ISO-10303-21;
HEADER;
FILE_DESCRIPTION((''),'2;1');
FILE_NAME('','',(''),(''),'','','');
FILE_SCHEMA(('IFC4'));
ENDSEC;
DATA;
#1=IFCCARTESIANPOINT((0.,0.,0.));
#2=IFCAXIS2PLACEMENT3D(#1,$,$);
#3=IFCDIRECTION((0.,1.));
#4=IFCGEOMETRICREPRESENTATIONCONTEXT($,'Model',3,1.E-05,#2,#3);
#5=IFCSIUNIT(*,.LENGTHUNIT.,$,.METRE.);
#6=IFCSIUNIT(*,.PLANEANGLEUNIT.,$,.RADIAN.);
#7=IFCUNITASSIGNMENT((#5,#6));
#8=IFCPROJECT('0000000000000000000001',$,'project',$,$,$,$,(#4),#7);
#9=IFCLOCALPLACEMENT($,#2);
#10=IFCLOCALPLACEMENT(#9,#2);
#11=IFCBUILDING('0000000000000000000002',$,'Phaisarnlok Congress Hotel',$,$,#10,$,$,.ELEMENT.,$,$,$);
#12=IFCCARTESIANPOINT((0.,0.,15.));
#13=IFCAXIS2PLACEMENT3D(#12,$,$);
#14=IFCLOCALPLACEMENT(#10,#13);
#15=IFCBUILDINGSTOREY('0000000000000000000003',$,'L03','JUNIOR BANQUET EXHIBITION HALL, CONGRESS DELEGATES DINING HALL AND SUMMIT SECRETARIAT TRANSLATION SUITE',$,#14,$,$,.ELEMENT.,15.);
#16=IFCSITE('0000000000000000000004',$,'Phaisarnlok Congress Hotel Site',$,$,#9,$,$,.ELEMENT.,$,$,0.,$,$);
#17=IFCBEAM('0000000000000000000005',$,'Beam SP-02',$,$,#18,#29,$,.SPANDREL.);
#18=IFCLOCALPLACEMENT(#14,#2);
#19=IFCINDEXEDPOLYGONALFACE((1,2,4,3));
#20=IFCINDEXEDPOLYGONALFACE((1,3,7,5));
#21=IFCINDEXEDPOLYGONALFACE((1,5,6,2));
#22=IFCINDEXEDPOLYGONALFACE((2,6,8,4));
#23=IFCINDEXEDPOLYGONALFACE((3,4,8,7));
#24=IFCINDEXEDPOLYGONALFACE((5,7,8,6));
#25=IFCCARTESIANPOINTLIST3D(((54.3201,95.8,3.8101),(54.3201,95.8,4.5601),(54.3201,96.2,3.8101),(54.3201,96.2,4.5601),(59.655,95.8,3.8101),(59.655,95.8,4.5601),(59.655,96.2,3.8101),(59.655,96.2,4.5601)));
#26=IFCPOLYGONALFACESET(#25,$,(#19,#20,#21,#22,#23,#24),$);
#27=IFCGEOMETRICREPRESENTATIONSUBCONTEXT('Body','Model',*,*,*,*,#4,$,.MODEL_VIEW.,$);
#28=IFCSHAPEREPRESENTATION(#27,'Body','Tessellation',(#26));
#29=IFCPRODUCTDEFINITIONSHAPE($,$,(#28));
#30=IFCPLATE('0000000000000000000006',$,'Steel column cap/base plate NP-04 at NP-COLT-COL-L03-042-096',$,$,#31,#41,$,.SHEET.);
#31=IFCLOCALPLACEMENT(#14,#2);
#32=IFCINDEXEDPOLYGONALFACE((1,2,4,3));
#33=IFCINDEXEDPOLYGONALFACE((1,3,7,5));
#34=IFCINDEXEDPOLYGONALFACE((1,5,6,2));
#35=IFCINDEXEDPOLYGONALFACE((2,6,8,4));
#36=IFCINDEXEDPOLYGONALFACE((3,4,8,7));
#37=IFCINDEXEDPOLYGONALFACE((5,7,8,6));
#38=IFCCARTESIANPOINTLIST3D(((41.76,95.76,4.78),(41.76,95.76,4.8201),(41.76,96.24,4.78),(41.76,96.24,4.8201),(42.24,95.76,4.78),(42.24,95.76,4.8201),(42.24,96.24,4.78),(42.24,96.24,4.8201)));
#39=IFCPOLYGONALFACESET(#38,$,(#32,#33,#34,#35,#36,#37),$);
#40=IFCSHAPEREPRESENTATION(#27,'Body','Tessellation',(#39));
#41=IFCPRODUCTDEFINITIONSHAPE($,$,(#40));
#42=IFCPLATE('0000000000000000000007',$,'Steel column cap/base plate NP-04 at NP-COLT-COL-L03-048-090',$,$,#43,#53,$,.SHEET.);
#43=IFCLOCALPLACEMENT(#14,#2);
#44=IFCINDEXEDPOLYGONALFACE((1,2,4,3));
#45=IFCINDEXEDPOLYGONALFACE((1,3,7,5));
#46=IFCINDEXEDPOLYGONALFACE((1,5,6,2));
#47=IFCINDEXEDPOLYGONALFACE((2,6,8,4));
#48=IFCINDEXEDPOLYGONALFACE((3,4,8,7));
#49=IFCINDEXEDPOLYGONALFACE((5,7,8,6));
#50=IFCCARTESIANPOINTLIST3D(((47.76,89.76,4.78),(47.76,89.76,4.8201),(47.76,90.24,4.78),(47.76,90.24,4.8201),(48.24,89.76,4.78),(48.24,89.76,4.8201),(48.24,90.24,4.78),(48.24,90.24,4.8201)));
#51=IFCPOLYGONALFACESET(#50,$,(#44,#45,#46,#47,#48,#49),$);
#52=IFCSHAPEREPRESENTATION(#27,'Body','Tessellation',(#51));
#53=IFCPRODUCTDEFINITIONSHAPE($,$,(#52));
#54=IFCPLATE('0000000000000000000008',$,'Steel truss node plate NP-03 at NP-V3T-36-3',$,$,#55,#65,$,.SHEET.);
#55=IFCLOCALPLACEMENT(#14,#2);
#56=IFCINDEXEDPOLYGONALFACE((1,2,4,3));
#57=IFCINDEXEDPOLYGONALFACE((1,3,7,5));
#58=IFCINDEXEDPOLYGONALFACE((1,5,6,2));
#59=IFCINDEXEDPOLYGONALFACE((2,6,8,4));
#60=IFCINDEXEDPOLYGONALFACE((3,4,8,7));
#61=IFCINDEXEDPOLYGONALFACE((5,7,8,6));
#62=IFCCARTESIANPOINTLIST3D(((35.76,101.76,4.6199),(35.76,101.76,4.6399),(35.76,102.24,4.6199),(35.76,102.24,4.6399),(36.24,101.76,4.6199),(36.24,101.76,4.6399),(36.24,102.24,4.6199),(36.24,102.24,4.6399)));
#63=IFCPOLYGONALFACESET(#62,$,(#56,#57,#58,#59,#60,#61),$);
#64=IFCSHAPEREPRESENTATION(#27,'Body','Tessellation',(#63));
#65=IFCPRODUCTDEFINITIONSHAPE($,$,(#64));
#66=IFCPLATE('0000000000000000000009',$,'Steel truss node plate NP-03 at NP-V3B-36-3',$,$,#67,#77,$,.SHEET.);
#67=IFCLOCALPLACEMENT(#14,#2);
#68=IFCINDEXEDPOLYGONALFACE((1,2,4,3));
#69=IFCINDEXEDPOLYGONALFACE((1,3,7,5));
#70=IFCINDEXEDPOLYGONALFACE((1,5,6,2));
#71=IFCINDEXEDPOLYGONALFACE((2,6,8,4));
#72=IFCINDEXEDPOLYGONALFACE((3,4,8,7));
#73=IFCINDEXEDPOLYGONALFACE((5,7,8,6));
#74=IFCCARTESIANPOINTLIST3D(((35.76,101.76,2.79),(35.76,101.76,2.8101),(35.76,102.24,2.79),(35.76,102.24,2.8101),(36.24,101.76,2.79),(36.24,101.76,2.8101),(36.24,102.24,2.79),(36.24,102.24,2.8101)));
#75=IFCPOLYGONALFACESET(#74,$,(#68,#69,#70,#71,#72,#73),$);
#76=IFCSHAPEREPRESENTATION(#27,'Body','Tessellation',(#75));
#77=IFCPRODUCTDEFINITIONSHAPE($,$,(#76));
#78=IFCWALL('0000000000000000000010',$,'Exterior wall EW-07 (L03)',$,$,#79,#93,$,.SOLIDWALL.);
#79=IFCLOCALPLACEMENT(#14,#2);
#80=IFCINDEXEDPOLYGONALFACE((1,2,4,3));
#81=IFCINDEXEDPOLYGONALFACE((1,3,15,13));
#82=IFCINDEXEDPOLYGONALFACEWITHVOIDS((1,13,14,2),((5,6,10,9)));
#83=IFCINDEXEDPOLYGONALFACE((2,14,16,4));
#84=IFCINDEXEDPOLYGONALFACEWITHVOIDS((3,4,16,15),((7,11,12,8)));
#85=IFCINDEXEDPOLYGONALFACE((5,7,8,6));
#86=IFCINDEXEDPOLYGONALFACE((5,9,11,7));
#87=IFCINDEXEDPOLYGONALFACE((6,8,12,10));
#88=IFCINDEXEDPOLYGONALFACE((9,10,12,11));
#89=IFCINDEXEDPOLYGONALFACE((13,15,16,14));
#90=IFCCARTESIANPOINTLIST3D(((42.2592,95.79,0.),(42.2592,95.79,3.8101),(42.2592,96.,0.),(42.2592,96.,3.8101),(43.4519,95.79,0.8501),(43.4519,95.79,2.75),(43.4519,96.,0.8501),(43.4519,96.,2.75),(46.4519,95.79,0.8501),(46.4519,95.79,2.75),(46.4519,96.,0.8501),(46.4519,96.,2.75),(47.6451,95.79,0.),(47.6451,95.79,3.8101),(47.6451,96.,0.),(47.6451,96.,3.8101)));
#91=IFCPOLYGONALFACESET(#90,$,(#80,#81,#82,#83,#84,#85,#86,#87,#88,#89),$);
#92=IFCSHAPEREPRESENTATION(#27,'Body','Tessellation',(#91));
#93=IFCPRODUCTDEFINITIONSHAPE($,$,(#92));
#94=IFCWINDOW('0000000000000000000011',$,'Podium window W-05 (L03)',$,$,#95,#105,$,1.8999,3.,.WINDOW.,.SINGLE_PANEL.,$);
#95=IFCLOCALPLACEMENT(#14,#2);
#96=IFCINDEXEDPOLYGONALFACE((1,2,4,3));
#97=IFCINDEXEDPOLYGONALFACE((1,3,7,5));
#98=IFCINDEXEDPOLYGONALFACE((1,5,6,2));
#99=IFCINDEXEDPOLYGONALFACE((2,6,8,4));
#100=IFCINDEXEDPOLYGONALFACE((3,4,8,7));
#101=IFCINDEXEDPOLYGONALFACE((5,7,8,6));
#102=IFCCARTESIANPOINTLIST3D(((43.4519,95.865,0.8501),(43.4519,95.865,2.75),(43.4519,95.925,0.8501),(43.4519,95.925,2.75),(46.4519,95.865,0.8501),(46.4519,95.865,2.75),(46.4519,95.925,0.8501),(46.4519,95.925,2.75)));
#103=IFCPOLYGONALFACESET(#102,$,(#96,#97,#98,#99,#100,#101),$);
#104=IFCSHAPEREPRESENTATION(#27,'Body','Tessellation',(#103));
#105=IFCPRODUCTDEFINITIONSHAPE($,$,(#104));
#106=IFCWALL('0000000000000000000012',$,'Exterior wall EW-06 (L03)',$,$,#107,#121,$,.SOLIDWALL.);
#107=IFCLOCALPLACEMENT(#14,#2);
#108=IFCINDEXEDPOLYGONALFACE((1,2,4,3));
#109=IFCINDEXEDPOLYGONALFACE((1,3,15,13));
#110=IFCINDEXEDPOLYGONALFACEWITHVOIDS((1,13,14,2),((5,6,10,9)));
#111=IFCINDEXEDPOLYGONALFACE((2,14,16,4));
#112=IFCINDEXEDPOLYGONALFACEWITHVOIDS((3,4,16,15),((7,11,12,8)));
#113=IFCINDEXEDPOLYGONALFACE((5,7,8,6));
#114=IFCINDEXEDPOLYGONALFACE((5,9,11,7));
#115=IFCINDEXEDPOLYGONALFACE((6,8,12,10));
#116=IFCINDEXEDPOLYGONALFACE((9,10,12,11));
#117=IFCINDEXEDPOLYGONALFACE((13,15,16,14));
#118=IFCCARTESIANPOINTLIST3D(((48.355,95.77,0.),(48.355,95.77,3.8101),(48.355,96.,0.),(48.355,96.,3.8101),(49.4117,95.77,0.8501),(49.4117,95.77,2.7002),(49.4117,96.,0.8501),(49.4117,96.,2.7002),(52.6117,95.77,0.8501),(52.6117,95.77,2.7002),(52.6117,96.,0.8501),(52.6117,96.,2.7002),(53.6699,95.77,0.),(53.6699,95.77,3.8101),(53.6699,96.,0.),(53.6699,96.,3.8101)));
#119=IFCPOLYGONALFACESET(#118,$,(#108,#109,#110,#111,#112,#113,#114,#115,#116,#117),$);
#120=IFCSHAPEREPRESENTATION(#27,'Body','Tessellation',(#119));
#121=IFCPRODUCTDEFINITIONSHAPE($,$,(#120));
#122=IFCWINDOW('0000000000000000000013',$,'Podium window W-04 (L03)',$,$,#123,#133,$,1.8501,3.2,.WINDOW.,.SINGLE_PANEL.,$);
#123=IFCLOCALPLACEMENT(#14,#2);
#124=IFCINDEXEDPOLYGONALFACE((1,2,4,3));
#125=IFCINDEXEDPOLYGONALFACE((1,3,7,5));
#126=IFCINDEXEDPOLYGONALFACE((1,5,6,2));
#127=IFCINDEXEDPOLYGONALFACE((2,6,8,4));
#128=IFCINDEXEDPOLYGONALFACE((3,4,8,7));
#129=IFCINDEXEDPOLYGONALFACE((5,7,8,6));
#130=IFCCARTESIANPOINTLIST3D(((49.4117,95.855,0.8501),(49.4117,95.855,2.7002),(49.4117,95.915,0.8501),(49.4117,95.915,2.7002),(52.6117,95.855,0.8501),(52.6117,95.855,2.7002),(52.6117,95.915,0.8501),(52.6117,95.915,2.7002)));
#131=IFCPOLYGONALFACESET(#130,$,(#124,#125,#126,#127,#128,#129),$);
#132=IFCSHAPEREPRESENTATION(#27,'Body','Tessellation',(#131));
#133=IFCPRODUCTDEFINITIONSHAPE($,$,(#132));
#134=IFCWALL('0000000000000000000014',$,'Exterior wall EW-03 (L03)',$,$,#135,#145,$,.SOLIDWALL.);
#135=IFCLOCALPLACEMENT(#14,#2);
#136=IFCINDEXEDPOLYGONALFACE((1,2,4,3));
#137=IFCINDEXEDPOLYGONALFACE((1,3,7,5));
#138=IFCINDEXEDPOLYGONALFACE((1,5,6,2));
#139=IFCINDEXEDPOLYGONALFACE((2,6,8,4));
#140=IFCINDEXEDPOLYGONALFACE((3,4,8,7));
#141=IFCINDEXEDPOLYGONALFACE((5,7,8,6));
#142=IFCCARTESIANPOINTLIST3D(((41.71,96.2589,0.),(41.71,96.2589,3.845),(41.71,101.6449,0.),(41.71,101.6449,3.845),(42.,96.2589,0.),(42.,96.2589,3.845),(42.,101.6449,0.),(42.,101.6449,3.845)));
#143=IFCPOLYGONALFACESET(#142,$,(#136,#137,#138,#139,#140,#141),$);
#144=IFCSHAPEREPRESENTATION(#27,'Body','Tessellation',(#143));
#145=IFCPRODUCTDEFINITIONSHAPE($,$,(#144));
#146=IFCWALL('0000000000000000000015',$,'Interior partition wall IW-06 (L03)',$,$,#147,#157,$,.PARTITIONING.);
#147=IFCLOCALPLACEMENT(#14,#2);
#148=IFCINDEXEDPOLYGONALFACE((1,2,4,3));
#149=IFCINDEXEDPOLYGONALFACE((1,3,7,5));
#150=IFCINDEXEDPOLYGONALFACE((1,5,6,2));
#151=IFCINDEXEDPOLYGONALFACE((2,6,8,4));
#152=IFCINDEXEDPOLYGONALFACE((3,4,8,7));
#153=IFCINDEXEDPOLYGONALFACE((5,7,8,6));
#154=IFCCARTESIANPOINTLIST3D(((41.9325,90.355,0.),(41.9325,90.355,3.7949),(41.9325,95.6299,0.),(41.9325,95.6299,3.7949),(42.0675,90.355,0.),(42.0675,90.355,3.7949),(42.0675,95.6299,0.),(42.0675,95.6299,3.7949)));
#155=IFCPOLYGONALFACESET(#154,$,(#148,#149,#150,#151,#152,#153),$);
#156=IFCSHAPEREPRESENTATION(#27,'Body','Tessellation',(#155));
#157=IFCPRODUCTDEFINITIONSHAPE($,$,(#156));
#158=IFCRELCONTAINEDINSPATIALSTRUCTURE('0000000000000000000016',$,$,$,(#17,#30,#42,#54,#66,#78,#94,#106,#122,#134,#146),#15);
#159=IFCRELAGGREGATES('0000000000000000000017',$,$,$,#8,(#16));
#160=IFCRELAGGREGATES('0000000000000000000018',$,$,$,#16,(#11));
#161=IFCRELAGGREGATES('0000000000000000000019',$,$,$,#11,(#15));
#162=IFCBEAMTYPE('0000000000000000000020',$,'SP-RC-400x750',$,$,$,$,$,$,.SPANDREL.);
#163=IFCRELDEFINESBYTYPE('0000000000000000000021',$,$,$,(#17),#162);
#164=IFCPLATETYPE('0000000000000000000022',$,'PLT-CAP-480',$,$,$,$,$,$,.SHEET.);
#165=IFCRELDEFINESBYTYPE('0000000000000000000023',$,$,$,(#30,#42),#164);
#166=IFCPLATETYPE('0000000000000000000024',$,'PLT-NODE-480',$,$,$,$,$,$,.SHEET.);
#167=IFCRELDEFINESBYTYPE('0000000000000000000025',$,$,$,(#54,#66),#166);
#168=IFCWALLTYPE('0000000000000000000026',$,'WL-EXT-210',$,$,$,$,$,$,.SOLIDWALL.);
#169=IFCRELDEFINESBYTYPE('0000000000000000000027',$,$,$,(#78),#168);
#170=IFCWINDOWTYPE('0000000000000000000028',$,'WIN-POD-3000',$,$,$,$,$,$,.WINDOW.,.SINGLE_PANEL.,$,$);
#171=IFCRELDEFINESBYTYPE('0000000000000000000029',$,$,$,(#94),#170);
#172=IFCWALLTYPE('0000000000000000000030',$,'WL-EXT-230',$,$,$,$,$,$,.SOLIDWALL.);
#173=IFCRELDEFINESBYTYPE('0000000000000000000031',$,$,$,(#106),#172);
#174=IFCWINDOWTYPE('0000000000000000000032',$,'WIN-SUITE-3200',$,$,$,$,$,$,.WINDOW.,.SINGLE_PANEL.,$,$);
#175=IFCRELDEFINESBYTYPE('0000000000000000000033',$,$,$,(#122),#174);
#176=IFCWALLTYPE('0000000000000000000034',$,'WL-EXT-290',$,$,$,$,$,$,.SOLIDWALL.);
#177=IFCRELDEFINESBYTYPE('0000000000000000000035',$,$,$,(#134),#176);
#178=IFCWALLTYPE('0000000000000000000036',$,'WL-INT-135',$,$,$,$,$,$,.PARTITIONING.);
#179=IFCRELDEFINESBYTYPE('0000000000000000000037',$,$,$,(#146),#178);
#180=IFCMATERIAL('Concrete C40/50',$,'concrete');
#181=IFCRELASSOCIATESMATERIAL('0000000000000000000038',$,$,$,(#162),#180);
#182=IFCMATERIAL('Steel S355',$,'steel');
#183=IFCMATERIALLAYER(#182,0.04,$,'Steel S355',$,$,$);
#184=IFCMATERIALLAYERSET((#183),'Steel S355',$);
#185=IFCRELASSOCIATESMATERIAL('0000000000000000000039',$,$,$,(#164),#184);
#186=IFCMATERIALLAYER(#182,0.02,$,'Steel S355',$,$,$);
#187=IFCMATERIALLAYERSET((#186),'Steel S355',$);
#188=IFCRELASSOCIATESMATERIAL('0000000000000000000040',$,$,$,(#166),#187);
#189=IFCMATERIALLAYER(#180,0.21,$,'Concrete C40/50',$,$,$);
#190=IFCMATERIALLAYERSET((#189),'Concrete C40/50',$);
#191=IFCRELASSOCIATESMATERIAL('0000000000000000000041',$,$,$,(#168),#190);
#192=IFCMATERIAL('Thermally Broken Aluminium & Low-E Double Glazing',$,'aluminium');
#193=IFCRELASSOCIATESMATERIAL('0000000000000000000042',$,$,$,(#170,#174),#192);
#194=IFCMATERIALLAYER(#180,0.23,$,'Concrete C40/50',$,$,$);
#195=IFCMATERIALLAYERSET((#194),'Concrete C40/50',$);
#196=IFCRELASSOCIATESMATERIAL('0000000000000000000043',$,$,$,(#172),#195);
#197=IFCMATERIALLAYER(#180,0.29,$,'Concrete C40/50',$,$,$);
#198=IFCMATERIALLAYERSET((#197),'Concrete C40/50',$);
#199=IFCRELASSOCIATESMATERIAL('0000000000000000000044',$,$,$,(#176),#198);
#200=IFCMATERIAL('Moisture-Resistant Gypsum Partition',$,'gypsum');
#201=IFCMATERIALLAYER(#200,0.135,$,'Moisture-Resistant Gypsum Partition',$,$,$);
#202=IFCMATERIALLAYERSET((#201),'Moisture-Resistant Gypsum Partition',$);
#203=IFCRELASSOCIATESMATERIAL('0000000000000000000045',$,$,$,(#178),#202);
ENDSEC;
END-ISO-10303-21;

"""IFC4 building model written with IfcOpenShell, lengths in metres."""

from ifc_helpers import new_model, si_unit, direction, frame, frame_2d, origin, origin_2d, place, context, subcontext, project, spatial, rectangle, extrude, material, layer, layer_set, material_profile, profile_set, type_object, element, fill, save


model = new_model("IFC4")

# Units and contexts
model_context = context("Model", 3, precision=1e-05, world=origin(), true_north=direction((0.0, 1.0)))
body_context = subcontext(model_context, "Body", "Model", "MODEL_VIEW")
ifc_project = project(units=[si_unit("LENGTHUNIT", "METRE"), si_unit("PLANEANGLEUNIT", "RADIAN")], contexts=[model_context])

# Site, building, storey
site_placement = place(None, origin())
site = spatial("IfcSite", under=ifc_project, at=site_placement, Name="Phaisarnlok Congress Hotel Site", CompositionType="ELEMENT", RefElevation=0.0)
building_placement = place(site_placement, origin())
building = spatial("IfcBuilding", under=site, at=building_placement, Name="Phaisarnlok Congress Hotel", CompositionType="ELEMENT")
storey_placement = place(building_placement, frame((0.0, 0.0, 15.0)))
storey = spatial("IfcBuildingStorey", under=building, at=storey_placement, Name="L03", Description="JUNIOR BANQUET EXHIBITION HALL, CONGRESS DELEGATES DINING HALL AND SUMMIT SECRETARIAT TRANSLATION SUITE", CompositionType="ELEMENT", Elevation=15.0)

# Shared definitions
ifc_material_1 = material(Name="Steel S355", Category="steel")

# Shared definitions
ifc_material_2 = material(Name="Concrete C40/50", Category="concrete")

# Beam
ifc_material_profile_1 = material_profile(ifc_material_2, rectangle(XDim=0.3999, YDim=0.75, at=origin_2d()), Name="RC 400x750")
ifc_profile_set_1 = profile_set([ifc_material_profile_1], Name="Concrete C40/50")
beam_type_1 = type_object("IfcBeamType", Name="SP-RC-400x750", PredefinedType="SPANDREL", material=ifc_profile_set_1)
for number, where, z_axis, x_axis, name in (
    (1, (54.3201, 96.0, 4.1851), (1.0, 0.0, 0.0), (0.0, 1.0, 0.0), "Beam SP-02"),
):
    element("IfcBeam", number, at=place(storey_placement, frame(where, z_axis=z_axis, x_axis=x_axis)), inside=storey, type_object=beam_type_1, Name=name, PredefinedType="SPANDREL", context=body_context, shape_type="SweptSolid", body=[
        extrude(rectangle(XDim=0.3999, YDim=0.75, at=origin_2d()), origin(), (0.0, 0.0, 1.0), 5.335),
    ])

# Plates
ifc_layer_1 = layer(ifc_material_1, 0.04, Name="Steel S355")
ifc_layer_set_1 = layer_set([ifc_layer_1], Name="Steel S355")
plate_type_1 = type_object("IfcPlateType", Name="PLT-CAP-480", PredefinedType="SHEET", material=ifc_layer_set_1)
for number, where, z_axis, x_axis, name in (
    (2, (42.0, 96.0, 4.78), (0.0, 0.0, 1.0), (1.0, 0.0, 0.0), "Steel column cap/base plate NP-04 at NP-COLT-COL-L03-042-096"),
    (3, (48.0, 90.0, 4.78), (0.0, 0.0, 1.0), (1.0, 0.0, 0.0), "Steel column cap/base plate NP-04 at NP-COLT-COL-L03-048-090"),
):
    element("IfcPlate", number, at=place(storey_placement, frame(where, z_axis=z_axis, x_axis=x_axis)), inside=storey, type_object=plate_type_1, Name=name, PredefinedType="SHEET", context=body_context, shape_type="SweptSolid", body=[
        extrude(rectangle(XDim=0.48, YDim=0.48, at=origin_2d()), origin(), (0.0, 0.0, 1.0), 0.04),
    ])
ifc_layer_2 = layer(ifc_material_1, 0.02, Name="Steel S355")
ifc_layer_set_2 = layer_set([ifc_layer_2], Name="Steel S355")
plate_type_2 = type_object("IfcPlateType", Name="PLT-NODE-480", PredefinedType="SHEET", material=ifc_layer_set_2)
for number, where, z_axis, x_axis, name in (
    (4, (36.0, 102.0, 4.6199), (0.0, 0.0, 1.0), (1.0, 0.0, 0.0), "Steel truss node plate NP-03 at NP-V3T-36-3"),
    (5, (36.0, 102.0, 2.79), (0.0, 0.0, 1.0), (1.0, 0.0, 0.0), "Steel truss node plate NP-03 at NP-V3B-36-3"),
):
    element("IfcPlate", number, at=place(storey_placement, frame(where, z_axis=z_axis, x_axis=x_axis)), inside=storey, type_object=plate_type_2, Name=name, PredefinedType="SHEET", context=body_context, shape_type="SweptSolid", body=[
        extrude(rectangle(XDim=0.48, YDim=0.48, at=origin_2d()), origin(), (0.0, 0.0, 1.0), 0.02),
    ])

# Walls, openings, windows
ifc_layer_3 = layer(ifc_material_2, 0.21, Name="Concrete C40/50")
ifc_layer_set_3 = layer_set([ifc_layer_3], Name="Concrete C40/50")
wall_type_1 = type_object("IfcWallType", Name="WL-EXT-210", PredefinedType="SOLIDWALL", material=ifc_layer_set_3)
wall_1_placement = place(storey_placement, frame((47.645, 95.895, 0.0), z_axis=(0.0, 0.0, 1.0), x_axis=(-1.0, 0.0, 0.0)))
wall_1 = element("IfcWall", 6, at=wall_1_placement, inside=storey, type_object=wall_type_1, Name="Exterior wall EW-07 (L03)", PredefinedType="SOLIDWALL", context=body_context, shape_type="SweptSolid", body=[
    extrude(rectangle(XDim=5.386, YDim=0.21, at=frame_2d((2.6929, 0.0))), origin(), (0.0, 0.0, 1.0), 3.8101),
])
opening_1_placement = place(wall_1_placement, frame((1.1931, 0.0, 0.8501)))
opening_1 = element("IfcOpeningElement", 7, at=opening_1_placement, cuts=wall_1, PredefinedType="OPENING", context=body_context, shape_type="SweptSolid", body=[
    extrude(rectangle(XDim=3.0, YDim=1.8999, at=frame_2d((1.5, 0.95))), frame((0.0, 0.115, 0.0), z_axis=(0.0, -1.0, 0.0), x_axis=(1.0, 0.0, 0.0)), (0.0, 0.0, 1.0), 0.23),
])
ifc_material_3 = material(Name="Thermally Broken Aluminium & Low-E Double Glazing", Category="aluminium")
window_type_1 = type_object("IfcWindowType", Name="WIN-POD-3000", PartitioningType="SINGLE_PANEL", PredefinedType="WINDOW", material=ifc_material_3)
window_1_placement = place(opening_1_placement, origin())
window_1 = element("IfcWindow", 8, at=window_1_placement, inside=storey, type_object=window_type_1, Name="Podium window W-05 (L03)", OverallHeight=1.8999, OverallWidth=3.0, PartitioningType="SINGLE_PANEL", PredefinedType="WINDOW", context=body_context, shape_type="SweptSolid", body=[
    extrude(rectangle(XDim=3.0, YDim=1.8999, at=frame_2d((1.5, 0.95))), frame((0.0, 0.03, 0.0), z_axis=(0.0, -1.0, 0.0), x_axis=(1.0, 0.0, 0.0)), (0.0, 0.0, 1.0), 0.0601),
])
fill(opening_1, window_1)
ifc_layer_4 = layer(ifc_material_2, 0.23, Name="Concrete C40/50")
ifc_layer_set_4 = layer_set([ifc_layer_4], Name="Concrete C40/50")
wall_type_2 = type_object("IfcWallType", Name="WL-EXT-230", PredefinedType="SOLIDWALL", material=ifc_layer_set_4)
wall_2_placement = place(storey_placement, frame((53.6699, 95.885, 0.0), z_axis=(0.0, 0.0, 1.0), x_axis=(-1.0, 0.0, 0.0)))
wall_2 = element("IfcWall", 9, at=wall_2_placement, inside=storey, type_object=wall_type_2, Name="Exterior wall EW-06 (L03)", PredefinedType="SOLIDWALL", context=body_context, shape_type="SweptSolid", body=[
    extrude(rectangle(XDim=5.3149, YDim=0.23, at=frame_2d((2.6575, 0.0))), origin(), (0.0, 0.0, 1.0), 3.8101),
])
opening_2_placement = place(wall_2_placement, frame((1.0581, 0.0, 0.8501)))
opening_2 = element("IfcOpeningElement", 10, at=opening_2_placement, cuts=wall_2, PredefinedType="OPENING", context=body_context, shape_type="SweptSolid", body=[
    extrude(rectangle(XDim=3.2, YDim=1.8501, at=frame_2d((1.6001, 0.925))), frame((0.0, 0.125, 0.0), z_axis=(0.0, -1.0, 0.0), x_axis=(1.0, 0.0, 0.0)), (0.0, 0.0, 1.0), 0.25),
])
window_type_2 = type_object("IfcWindowType", Name="WIN-SUITE-3200", PartitioningType="SINGLE_PANEL", PredefinedType="WINDOW", material=ifc_material_3)
window_2_placement = place(opening_2_placement, origin())
window_2 = element("IfcWindow", 11, at=window_2_placement, inside=storey, type_object=window_type_2, Name="Podium window W-04 (L03)", OverallHeight=1.8501, OverallWidth=3.2, PartitioningType="SINGLE_PANEL", PredefinedType="WINDOW", context=body_context, shape_type="SweptSolid", body=[
    extrude(rectangle(XDim=3.2, YDim=1.8501, at=frame_2d((1.6001, 0.925))), frame((0.0, 0.03, 0.0), z_axis=(0.0, -1.0, 0.0), x_axis=(1.0, 0.0, 0.0)), (0.0, 0.0, 1.0), 0.0601),
])
fill(opening_2, window_2)

# Walls
ifc_layer_5 = layer(ifc_material_2, 0.29, Name="Concrete C40/50")
ifc_layer_set_5 = layer_set([ifc_layer_5], Name="Concrete C40/50")
wall_type_3 = type_object("IfcWallType", Name="WL-EXT-290", PredefinedType="SOLIDWALL", material=ifc_layer_set_5)
wall_3_placement = place(storey_placement, frame((41.855, 96.259, 0.0), z_axis=(0.0, 0.0, 1.0), x_axis=(0.0, 1.0, 0.0)))
element("IfcWall", 12, at=wall_3_placement, inside=storey, type_object=wall_type_3, Name="Exterior wall EW-03 (L03)", PredefinedType="SOLIDWALL", context=body_context, shape_type="SweptSolid", body=[
    extrude(rectangle(XDim=5.386, YDim=0.29, at=frame_2d((2.6929, 0.0))), origin(), (0.0, 0.0, 1.0), 3.845),
])
ifc_material_4 = material(Name="Moisture-Resistant Gypsum Partition", Category="gypsum")
ifc_layer_6 = layer(ifc_material_4, 0.135, Name="Moisture-Resistant Gypsum Partition")
ifc_layer_set_6 = layer_set([ifc_layer_6], Name="Moisture-Resistant Gypsum Partition")
wall_type_4 = type_object("IfcWallType", Name="WL-INT-135", PredefinedType="PARTITIONING", material=ifc_layer_set_6)
wall_4_placement = place(storey_placement, frame((42.0, 90.355, 0.0), z_axis=(0.0, 0.0, 1.0), x_axis=(0.0, 1.0, 0.0)))
element("IfcWall", 13, at=wall_4_placement, inside=storey, type_object=wall_type_4, Name="Interior partition wall IW-06 (L03)", PredefinedType="PARTITIONING", context=body_context, shape_type="SweptSolid", body=[
    extrude(rectangle(XDim=5.2749, YDim=0.135, at=frame_2d((2.6375, 0.0))), origin(), (0.0, 0.0, 1.0), 3.7949),
])

save(model, "model.ifc")
